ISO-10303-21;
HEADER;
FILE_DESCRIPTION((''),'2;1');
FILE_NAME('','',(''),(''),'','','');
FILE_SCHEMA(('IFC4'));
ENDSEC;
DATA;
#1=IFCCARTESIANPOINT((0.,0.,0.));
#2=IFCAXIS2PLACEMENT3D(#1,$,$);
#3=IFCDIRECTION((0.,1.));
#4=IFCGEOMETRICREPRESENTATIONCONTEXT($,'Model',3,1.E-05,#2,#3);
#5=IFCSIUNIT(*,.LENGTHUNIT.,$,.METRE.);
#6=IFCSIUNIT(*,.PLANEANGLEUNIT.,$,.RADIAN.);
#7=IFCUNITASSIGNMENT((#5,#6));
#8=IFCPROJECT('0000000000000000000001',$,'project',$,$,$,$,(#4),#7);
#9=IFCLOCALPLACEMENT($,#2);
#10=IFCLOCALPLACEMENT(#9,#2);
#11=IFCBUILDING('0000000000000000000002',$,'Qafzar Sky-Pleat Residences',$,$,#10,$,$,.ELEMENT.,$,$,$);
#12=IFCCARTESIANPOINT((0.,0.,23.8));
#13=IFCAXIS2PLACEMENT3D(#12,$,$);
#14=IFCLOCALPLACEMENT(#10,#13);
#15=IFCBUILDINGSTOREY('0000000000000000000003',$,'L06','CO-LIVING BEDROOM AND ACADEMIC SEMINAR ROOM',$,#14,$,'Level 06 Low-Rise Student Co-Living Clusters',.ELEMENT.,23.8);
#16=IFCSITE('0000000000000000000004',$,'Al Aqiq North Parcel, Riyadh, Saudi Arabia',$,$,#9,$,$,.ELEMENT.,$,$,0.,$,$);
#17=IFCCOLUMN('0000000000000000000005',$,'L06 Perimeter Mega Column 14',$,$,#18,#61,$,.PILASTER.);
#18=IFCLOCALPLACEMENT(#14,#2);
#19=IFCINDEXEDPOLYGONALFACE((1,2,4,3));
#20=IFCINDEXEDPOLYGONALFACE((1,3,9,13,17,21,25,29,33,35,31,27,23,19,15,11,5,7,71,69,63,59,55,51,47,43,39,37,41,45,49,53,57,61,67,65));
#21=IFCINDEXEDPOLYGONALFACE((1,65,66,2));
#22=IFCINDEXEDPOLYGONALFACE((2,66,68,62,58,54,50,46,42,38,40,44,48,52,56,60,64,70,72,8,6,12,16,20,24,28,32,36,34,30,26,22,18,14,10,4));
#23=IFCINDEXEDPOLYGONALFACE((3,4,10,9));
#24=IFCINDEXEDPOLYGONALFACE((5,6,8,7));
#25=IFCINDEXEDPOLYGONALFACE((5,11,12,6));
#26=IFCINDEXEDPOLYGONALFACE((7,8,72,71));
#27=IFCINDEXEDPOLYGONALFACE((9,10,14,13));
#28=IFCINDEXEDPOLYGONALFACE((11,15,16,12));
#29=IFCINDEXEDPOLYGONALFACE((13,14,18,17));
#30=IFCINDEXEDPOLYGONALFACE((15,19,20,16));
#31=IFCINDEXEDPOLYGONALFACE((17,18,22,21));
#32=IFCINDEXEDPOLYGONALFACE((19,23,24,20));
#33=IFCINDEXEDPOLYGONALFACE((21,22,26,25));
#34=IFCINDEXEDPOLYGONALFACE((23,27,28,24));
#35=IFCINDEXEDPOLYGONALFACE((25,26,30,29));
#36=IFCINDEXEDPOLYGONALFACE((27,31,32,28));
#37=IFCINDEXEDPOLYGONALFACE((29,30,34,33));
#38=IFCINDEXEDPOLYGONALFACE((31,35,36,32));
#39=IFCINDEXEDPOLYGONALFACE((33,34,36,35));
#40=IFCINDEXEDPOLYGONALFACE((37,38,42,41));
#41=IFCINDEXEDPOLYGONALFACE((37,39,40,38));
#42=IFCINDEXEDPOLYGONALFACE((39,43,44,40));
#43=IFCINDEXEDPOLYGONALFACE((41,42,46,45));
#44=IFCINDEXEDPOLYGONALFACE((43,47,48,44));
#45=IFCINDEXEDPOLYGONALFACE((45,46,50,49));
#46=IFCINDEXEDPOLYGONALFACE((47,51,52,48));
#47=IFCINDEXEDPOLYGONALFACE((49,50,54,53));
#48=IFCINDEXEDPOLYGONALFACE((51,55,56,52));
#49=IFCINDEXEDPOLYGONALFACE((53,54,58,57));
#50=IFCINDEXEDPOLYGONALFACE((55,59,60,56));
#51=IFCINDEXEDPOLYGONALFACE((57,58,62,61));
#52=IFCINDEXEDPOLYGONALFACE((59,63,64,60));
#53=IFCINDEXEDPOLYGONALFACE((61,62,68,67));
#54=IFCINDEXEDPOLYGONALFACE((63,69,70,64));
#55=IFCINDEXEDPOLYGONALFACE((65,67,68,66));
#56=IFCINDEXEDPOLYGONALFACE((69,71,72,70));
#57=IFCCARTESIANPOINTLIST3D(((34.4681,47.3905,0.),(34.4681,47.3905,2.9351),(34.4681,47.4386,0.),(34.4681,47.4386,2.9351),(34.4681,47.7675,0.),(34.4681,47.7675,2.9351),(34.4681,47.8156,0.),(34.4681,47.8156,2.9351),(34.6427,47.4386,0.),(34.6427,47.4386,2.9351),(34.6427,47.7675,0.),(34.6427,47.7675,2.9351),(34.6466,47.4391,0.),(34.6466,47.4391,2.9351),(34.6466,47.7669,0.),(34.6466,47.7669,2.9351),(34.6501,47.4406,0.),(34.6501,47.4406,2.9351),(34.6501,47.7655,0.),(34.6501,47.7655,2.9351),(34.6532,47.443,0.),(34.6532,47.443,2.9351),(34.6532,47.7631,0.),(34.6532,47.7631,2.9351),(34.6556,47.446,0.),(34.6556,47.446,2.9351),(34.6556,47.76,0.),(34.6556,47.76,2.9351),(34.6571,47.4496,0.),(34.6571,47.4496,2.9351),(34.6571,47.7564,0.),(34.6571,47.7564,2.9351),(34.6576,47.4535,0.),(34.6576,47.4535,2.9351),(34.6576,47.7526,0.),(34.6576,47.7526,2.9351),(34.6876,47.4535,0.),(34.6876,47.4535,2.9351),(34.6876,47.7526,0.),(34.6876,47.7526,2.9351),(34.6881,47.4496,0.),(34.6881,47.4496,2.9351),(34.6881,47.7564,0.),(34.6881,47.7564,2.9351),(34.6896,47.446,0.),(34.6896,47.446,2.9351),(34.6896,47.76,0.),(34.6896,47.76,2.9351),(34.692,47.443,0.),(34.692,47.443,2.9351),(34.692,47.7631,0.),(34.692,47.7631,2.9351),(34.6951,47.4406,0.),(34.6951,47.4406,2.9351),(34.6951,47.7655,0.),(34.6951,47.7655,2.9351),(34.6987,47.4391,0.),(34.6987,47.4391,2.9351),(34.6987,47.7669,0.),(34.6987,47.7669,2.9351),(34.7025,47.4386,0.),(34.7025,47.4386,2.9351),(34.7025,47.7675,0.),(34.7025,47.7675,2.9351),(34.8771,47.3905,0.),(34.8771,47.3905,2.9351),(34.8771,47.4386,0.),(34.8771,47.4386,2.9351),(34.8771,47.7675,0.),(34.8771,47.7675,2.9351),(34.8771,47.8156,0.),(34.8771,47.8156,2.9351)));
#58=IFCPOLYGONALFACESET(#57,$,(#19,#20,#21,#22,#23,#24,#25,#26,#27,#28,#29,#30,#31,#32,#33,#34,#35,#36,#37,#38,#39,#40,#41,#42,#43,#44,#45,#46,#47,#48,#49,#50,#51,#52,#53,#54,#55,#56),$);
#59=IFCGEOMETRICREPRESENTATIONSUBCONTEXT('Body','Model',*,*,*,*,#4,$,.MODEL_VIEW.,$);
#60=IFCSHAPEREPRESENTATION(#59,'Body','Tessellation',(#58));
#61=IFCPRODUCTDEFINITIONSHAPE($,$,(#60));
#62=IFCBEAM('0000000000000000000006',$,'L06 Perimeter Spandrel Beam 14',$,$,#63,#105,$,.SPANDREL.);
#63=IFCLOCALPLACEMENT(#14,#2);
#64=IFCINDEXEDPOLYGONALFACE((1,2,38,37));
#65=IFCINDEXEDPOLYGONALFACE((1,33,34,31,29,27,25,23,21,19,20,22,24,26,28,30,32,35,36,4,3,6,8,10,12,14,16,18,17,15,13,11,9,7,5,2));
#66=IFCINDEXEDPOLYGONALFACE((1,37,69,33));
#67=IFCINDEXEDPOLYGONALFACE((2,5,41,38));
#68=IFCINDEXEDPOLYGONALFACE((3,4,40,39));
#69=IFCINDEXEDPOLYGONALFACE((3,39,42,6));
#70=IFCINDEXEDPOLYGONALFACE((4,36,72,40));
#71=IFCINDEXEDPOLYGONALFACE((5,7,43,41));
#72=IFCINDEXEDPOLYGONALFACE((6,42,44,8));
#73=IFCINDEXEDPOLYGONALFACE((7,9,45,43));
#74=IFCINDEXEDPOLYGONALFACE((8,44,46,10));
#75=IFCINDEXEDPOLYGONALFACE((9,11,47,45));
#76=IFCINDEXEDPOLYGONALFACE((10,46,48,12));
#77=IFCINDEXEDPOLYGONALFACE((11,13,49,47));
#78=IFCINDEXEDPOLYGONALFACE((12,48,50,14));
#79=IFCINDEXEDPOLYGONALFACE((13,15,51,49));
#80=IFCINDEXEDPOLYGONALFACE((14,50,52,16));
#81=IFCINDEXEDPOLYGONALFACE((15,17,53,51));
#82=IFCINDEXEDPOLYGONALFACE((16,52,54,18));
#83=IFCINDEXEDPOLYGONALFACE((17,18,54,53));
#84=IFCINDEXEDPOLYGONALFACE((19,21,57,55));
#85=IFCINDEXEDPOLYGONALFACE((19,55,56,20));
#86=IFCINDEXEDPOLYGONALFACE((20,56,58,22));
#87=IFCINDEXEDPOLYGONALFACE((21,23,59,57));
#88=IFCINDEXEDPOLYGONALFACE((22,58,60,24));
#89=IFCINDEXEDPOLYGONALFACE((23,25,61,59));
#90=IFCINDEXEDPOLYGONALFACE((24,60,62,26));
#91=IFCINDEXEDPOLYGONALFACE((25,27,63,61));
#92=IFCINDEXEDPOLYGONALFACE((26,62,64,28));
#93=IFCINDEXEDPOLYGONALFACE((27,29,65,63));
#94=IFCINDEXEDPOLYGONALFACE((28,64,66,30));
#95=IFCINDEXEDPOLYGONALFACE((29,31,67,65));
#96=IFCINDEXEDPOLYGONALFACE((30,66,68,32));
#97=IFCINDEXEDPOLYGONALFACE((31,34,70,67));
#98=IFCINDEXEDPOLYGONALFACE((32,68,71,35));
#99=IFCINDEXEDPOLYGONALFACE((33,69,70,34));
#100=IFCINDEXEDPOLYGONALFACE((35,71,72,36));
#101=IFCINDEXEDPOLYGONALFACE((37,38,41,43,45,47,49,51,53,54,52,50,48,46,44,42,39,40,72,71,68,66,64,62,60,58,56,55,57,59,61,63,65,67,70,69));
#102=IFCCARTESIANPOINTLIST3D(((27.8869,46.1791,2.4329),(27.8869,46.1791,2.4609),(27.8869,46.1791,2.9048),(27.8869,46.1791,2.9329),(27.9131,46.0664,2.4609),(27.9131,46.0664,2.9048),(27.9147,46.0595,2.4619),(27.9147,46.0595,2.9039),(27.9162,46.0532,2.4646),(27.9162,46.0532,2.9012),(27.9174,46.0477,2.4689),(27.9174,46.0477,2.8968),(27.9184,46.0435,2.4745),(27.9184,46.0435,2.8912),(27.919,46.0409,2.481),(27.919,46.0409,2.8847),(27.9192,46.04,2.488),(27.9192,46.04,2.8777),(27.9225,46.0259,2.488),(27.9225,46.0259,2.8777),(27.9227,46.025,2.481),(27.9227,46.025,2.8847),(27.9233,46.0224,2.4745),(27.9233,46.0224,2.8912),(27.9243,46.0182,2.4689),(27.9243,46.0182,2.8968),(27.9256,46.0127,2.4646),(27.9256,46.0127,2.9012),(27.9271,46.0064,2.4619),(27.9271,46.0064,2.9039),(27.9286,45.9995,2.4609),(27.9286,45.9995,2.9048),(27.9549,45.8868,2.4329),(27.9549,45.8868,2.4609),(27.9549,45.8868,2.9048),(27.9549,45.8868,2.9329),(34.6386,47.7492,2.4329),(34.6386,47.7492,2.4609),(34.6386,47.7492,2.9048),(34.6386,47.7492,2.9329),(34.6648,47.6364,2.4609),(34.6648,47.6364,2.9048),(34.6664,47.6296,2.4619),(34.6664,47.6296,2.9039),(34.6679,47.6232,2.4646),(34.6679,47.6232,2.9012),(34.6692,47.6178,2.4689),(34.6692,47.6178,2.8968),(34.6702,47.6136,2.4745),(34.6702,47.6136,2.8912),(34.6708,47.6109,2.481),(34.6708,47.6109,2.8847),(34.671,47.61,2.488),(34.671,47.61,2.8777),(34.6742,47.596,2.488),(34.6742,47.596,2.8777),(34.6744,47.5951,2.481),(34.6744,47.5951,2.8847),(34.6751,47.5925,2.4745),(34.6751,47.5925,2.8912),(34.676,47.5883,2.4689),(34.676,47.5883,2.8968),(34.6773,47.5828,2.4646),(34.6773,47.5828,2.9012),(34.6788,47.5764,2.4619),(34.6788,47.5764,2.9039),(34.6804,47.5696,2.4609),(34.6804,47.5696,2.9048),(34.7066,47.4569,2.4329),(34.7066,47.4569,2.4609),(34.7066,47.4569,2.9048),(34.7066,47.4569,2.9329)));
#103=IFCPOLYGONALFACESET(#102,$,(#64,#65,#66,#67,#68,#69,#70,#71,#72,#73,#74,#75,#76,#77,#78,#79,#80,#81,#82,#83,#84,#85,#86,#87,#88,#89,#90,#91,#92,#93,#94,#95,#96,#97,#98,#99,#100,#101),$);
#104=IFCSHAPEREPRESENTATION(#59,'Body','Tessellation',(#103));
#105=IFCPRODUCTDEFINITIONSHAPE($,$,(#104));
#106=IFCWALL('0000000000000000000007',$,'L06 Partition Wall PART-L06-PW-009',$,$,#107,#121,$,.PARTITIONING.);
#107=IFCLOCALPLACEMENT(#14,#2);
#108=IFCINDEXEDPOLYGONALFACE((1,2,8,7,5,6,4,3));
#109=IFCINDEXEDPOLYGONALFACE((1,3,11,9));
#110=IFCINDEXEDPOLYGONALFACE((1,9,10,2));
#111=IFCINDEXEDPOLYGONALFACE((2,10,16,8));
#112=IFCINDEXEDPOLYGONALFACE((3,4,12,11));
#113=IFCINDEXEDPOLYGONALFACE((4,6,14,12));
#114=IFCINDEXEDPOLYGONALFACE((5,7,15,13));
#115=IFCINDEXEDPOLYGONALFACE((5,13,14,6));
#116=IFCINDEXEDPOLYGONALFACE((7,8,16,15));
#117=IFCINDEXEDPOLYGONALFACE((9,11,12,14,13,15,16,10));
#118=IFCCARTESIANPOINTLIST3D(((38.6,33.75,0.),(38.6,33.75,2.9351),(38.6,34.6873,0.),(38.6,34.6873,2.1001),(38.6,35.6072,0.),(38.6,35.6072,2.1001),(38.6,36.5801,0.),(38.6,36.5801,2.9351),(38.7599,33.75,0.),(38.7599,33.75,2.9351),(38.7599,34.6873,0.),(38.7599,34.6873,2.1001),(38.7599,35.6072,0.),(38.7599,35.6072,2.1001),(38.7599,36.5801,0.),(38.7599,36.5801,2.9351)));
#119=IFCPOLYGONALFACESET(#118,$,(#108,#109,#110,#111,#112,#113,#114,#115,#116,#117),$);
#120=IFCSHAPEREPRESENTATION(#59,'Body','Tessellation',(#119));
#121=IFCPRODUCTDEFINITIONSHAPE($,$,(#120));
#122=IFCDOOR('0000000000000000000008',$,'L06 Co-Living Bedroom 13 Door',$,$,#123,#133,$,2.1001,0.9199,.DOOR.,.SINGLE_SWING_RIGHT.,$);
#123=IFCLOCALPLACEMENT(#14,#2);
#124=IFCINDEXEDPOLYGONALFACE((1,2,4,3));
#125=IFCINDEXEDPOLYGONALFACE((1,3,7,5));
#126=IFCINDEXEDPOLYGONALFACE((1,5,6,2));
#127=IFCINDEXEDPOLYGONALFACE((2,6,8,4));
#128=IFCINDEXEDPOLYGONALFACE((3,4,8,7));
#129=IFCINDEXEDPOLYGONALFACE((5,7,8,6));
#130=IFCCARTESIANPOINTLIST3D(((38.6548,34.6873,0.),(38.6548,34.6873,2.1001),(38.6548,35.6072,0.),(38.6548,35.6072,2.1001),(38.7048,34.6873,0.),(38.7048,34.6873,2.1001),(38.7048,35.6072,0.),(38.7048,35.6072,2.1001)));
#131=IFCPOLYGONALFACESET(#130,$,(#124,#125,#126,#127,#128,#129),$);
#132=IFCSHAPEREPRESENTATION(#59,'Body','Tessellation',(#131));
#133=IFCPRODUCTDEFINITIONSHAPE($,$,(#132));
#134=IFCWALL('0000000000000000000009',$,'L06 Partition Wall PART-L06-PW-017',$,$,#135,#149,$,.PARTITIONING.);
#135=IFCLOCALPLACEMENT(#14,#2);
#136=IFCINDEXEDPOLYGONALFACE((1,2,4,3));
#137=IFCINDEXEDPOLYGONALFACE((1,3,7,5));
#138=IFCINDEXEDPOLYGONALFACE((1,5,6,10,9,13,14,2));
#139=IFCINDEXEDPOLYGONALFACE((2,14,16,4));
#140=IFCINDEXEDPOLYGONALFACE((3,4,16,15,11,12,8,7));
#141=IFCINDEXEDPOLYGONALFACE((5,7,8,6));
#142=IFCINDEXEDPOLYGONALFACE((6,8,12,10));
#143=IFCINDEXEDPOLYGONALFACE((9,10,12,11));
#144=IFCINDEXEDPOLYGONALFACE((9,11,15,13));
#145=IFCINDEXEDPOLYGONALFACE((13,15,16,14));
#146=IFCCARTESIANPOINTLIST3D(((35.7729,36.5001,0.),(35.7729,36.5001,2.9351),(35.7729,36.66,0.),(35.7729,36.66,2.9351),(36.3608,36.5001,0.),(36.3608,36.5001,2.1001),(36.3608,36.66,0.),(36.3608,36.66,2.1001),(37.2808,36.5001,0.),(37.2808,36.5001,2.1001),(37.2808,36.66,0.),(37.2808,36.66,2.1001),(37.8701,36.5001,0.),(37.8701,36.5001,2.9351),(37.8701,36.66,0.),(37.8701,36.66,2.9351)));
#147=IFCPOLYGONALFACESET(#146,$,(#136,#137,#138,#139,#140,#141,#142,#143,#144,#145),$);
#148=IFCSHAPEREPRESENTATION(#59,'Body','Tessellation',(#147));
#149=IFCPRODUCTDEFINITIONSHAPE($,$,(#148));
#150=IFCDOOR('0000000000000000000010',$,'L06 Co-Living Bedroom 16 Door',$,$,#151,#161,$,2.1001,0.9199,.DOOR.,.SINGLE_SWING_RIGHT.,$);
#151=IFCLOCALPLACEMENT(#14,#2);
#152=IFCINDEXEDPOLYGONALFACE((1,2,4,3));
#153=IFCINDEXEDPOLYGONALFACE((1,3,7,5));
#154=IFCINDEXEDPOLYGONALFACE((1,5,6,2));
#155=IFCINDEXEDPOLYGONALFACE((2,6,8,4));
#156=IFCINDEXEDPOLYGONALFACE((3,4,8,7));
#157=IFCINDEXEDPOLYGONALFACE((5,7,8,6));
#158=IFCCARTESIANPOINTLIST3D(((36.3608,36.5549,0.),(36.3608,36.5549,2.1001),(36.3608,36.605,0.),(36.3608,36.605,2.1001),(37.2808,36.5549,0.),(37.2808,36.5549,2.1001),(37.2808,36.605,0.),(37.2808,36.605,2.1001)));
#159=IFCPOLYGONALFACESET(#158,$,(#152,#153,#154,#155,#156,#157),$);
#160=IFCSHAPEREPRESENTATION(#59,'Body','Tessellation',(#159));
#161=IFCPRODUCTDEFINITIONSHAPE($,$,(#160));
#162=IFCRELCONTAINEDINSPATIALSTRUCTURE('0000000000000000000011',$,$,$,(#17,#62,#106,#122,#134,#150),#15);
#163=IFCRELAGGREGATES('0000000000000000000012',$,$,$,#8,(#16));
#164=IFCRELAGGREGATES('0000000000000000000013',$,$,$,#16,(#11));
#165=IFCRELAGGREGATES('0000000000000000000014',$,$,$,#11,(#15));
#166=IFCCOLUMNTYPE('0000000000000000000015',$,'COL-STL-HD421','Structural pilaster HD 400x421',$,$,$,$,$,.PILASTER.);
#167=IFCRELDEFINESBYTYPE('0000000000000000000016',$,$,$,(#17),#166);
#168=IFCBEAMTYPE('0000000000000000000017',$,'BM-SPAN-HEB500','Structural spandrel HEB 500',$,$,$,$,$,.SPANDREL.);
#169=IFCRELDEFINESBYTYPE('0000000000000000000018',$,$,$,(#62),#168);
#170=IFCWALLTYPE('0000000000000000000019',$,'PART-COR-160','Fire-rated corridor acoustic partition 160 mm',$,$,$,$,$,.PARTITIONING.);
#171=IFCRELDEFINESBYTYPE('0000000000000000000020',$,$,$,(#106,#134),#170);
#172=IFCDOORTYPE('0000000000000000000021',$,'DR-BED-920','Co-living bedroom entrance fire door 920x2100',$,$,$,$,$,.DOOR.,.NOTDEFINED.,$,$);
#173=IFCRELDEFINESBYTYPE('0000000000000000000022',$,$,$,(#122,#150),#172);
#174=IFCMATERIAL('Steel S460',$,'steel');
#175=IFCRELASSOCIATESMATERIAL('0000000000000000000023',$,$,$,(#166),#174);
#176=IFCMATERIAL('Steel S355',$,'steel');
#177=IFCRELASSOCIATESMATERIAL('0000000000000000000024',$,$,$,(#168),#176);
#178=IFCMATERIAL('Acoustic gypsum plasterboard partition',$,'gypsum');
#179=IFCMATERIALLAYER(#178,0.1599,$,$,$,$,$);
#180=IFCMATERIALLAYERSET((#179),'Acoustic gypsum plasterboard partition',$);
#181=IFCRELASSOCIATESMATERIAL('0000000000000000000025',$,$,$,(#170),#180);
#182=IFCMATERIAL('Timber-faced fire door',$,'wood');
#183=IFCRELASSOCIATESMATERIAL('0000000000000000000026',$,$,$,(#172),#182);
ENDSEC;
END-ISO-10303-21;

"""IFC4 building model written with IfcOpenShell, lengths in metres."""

from ifc_helpers import new_model, si_unit, direction, frame, frame_2d, origin, origin_2d, place, context, subcontext, project, spatial, rectangle, i_section, extrude, source, transform, mapped, material, layer, layer_set, material_profile, profile_set, type_object, element, fill, save


model = new_model("IFC4")

# Units and contexts
model_context = context("Model", 3, precision=1e-05, world=origin(), true_north=direction((0.0, 1.0)))
body_context = subcontext(model_context, "Body", "Model", "MODEL_VIEW")
ifc_project = project(units=[si_unit("LENGTHUNIT", "METRE"), si_unit("PLANEANGLEUNIT", "RADIAN")], contexts=[model_context])

# Site, building, storey
site_placement = place(None, origin())
site = spatial("IfcSite", under=ifc_project, at=site_placement, Name="Al Aqiq North Parcel, Riyadh, Saudi Arabia", CompositionType="ELEMENT", RefElevation=0.0)
building_placement = place(site_placement, origin())
building = spatial("IfcBuilding", under=site, at=building_placement, Name="Qafzar Sky-Pleat Residences", CompositionType="ELEMENT")
storey_placement = place(building_placement, frame((0.0, 0.0, 23.8)))
storey = spatial("IfcBuildingStorey", under=building, at=storey_placement, Name="L06", Description="CO-LIVING BEDROOM AND ACADEMIC SEMINAR ROOM", LongName="Level 06 Low-Rise Student Co-Living Clusters", CompositionType="ELEMENT", Elevation=23.8)

# Column
ifc_material_1 = material(Name="Steel S460", Category="steel")
ifc_material_profile_1 = material_profile(ifc_material_1, i_section(OverallWidth=0.4089, OverallDepth=0.425, WebThickness=0.03, FlangeThickness=0.0481, FilletRadius=0.0149, at=origin_2d()), Name="HD 400x421")
ifc_profile_set_1 = profile_set([ifc_material_profile_1], Name="Steel S460")
column_type = type_object("IfcColumnType", Name="COL-STL-HD421", Description="Structural pilaster HD 400x421", PredefinedType="PILASTER", material=ifc_profile_set_1)
shared_shape_1 = source(origin(), body_context, "Body", "SweptSolid", [
    extrude(i_section(OverallWidth=0.4089, OverallDepth=0.425, WebThickness=0.03, FlangeThickness=0.0481, FilletRadius=0.0149, at=origin_2d()), origin(), (0.0, 0.0, 1.0), 2.9351),
])
column_placement = place(storey_placement, frame((34.6726, 47.603, 0.0), z_axis=(0.0, 0.0, 1.0), x_axis=(1.0, 0.0, 0.0)))
element("IfcColumn", 1, at=column_placement, inside=storey, type_object=column_type, Name="L06 Perimeter Mega Column 14", PredefinedType="PILASTER", context=body_context, shape_type="MappedRepresentation", body=[
    mapped(shared_shape_1, transform((0.0, 0.0, 0.0), x_axis=(1.0, 0.0, 0.0), y_axis=(0.0, 1.0, 0.0), z_axis=(0.0, 0.0, 1.0), scale=1.0)),
])

# Beam
ifc_material_2 = material(Name="Steel S355", Category="steel")
ifc_material_profile_2 = material_profile(ifc_material_2, i_section(OverallWidth=0.3, OverallDepth=0.5, WebThickness=0.0144, FlangeThickness=0.0281, FilletRadius=0.0271, at=origin_2d()), Name="HEB 500")
ifc_profile_set_2 = profile_set([ifc_material_profile_2], Name="Steel S355")
beam_type = type_object("IfcBeamType", Name="BM-SPAN-HEB500", Description="Structural spandrel HEB 500", PredefinedType="SPANDREL", material=ifc_profile_set_2)
shared_shape_2 = source(origin(), body_context, "Body", "SweptSolid", [
    extrude(i_section(OverallWidth=0.3, OverallDepth=0.5, WebThickness=0.0144, FlangeThickness=0.0281, FilletRadius=0.0271, at=origin_2d()), origin(), (0.0, 0.0, 1.0), 6.9319),
])
beam_placement = place(storey_placement, frame((34.6726, 47.603, 2.6829), z_axis=(-0.974011, -0.2265, 0.0), x_axis=(0.2265, -0.974011, 0.0)))
element("IfcBeam", 2, at=beam_placement, inside=storey, type_object=beam_type, Name="L06 Perimeter Spandrel Beam 14", PredefinedType="SPANDREL", context=body_context, shape_type="MappedRepresentation", body=[
    mapped(shared_shape_2, transform((0.0, 0.0, 0.0), x_axis=(1.0, 0.0, 0.0), y_axis=(0.0, 1.0, 0.0), z_axis=(0.0, 0.0, 1.0), scale=1.0)),
])

# Walls, openings, doors
ifc_material_3 = material(Name="Acoustic gypsum plasterboard partition", Category="gypsum")
ifc_layer_1 = layer(ifc_material_3, 0.1599)
ifc_layer_set_1 = layer_set([ifc_layer_1], Name="Acoustic gypsum plasterboard partition")
wall_type_1 = type_object("IfcWallType", Name="PART-COR-160", Description="Fire-rated corridor acoustic partition 160 mm", PredefinedType="PARTITIONING", material=ifc_layer_set_1)
wall_1_placement = place(storey_placement, frame((38.6799, 36.5801, 0.0), z_axis=(0.0, 0.0, 1.0), x_axis=(0.0, -1.0, 0.0)))
wall_1 = element("IfcWall", 3, at=wall_1_placement, inside=storey, type_object=wall_type_1, Name="L06 Partition Wall PART-L06-PW-009", PredefinedType="PARTITIONING", context=body_context, shape_type="SweptSolid", body=[
    extrude(rectangle(XDim=2.8301, YDim=0.1599, at=frame_2d((1.415, 0.0))), origin(), (0.0, 0.0, 1.0), 2.9351),
])
opening_1_placement = place(wall_1_placement, frame((0.9729, 0.0, 0.0)))
opening_1 = element("IfcOpeningElement", 4, at=opening_1_placement, cuts=wall_1, PredefinedType="OPENING", context=body_context, shape_type="SweptSolid", body=[
    extrude(rectangle(XDim=0.9199, YDim=2.1001, at=frame_2d((0.46, 1.05))), frame((0.0, 0.0898, 0.0), z_axis=(0.0, -1.0, 0.0), x_axis=(1.0, 0.0, 0.0)), (0.0, 0.0, 1.0), 0.1799),
])
ifc_material_4 = material(Name="Timber-faced fire door", Category="wood")
door_type_1 = type_object("IfcDoorType", Name="DR-BED-920", Description="Co-living bedroom entrance fire door 920x2100", OperationType="NOTDEFINED", PredefinedType="DOOR", material=ifc_material_4)
shared_shape_3 = source(origin(), body_context, "Body", "SweptSolid", [
    extrude(rectangle(XDim=0.9199, YDim=2.1001, at=frame_2d((0.46, 1.05))), frame((0.0, 0.0249, 0.0), z_axis=(0.0, -1.0, 0.0), x_axis=(1.0, 0.0, 0.0)), (0.0, 0.0, 1.0), 0.05),
])
door_1_placement = place(opening_1_placement, origin())
door_1 = element("IfcDoor", 5, at=door_1_placement, inside=storey, type_object=door_type_1, Name="L06 Co-Living Bedroom 13 Door", OperationType="SINGLE_SWING_RIGHT", OverallHeight=2.1001, OverallWidth=0.9199, PredefinedType="DOOR", context=body_context, shape_type="MappedRepresentation", body=[
    mapped(shared_shape_3, transform((0.0, 0.0, 0.0), x_axis=(1.0, 0.0, 0.0), y_axis=(0.0, 1.0, 0.0), z_axis=(0.0, 0.0, 1.0), scale=1.0)),
])
fill(opening_1, door_1)
wall_2_placement = place(storey_placement, frame((35.7729, 36.5801, 0.0), z_axis=(0.0, 0.0, 1.0), x_axis=(1.0, 0.0, 0.0)))
wall_2 = element("IfcWall", 6, at=wall_2_placement, inside=storey, type_object=wall_type_1, Name="L06 Partition Wall PART-L06-PW-017", PredefinedType="PARTITIONING", context=body_context, shape_type="SweptSolid", body=[
    extrude(rectangle(XDim=2.0972, YDim=0.1599, at=frame_2d((1.0486, 0.0))), origin(), (0.0, 0.0, 1.0), 2.9351),
])
opening_2_placement = place(wall_2_placement, frame((0.5879, 0.0, 0.0)))
opening_2 = element("IfcOpeningElement", 7, at=opening_2_placement, cuts=wall_2, PredefinedType="OPENING", context=body_context, shape_type="SweptSolid", body=[
    extrude(rectangle(XDim=0.9199, YDim=2.1001, at=frame_2d((0.46, 1.05))), frame((0.0, 0.0898, 0.0), z_axis=(0.0, -1.0, 0.0), x_axis=(1.0, 0.0, 0.0)), (0.0, 0.0, 1.0), 0.1799),
])
door_2_placement = place(opening_2_placement, origin())
door_2 = element("IfcDoor", 8, at=door_2_placement, inside=storey, type_object=door_type_1, Name="L06 Co-Living Bedroom 16 Door", OperationType="SINGLE_SWING_RIGHT", OverallHeight=2.1001, OverallWidth=0.9199, PredefinedType="DOOR", context=body_context, shape_type="MappedRepresentation", body=[
    mapped(shared_shape_3, transform((0.0, 0.0, 0.0), x_axis=(1.0, 0.0, 0.0), y_axis=(0.0, 1.0, 0.0), z_axis=(0.0, 0.0, 1.0), scale=1.0)),
])
fill(opening_2, door_2)

save(model, "model.ifc")
